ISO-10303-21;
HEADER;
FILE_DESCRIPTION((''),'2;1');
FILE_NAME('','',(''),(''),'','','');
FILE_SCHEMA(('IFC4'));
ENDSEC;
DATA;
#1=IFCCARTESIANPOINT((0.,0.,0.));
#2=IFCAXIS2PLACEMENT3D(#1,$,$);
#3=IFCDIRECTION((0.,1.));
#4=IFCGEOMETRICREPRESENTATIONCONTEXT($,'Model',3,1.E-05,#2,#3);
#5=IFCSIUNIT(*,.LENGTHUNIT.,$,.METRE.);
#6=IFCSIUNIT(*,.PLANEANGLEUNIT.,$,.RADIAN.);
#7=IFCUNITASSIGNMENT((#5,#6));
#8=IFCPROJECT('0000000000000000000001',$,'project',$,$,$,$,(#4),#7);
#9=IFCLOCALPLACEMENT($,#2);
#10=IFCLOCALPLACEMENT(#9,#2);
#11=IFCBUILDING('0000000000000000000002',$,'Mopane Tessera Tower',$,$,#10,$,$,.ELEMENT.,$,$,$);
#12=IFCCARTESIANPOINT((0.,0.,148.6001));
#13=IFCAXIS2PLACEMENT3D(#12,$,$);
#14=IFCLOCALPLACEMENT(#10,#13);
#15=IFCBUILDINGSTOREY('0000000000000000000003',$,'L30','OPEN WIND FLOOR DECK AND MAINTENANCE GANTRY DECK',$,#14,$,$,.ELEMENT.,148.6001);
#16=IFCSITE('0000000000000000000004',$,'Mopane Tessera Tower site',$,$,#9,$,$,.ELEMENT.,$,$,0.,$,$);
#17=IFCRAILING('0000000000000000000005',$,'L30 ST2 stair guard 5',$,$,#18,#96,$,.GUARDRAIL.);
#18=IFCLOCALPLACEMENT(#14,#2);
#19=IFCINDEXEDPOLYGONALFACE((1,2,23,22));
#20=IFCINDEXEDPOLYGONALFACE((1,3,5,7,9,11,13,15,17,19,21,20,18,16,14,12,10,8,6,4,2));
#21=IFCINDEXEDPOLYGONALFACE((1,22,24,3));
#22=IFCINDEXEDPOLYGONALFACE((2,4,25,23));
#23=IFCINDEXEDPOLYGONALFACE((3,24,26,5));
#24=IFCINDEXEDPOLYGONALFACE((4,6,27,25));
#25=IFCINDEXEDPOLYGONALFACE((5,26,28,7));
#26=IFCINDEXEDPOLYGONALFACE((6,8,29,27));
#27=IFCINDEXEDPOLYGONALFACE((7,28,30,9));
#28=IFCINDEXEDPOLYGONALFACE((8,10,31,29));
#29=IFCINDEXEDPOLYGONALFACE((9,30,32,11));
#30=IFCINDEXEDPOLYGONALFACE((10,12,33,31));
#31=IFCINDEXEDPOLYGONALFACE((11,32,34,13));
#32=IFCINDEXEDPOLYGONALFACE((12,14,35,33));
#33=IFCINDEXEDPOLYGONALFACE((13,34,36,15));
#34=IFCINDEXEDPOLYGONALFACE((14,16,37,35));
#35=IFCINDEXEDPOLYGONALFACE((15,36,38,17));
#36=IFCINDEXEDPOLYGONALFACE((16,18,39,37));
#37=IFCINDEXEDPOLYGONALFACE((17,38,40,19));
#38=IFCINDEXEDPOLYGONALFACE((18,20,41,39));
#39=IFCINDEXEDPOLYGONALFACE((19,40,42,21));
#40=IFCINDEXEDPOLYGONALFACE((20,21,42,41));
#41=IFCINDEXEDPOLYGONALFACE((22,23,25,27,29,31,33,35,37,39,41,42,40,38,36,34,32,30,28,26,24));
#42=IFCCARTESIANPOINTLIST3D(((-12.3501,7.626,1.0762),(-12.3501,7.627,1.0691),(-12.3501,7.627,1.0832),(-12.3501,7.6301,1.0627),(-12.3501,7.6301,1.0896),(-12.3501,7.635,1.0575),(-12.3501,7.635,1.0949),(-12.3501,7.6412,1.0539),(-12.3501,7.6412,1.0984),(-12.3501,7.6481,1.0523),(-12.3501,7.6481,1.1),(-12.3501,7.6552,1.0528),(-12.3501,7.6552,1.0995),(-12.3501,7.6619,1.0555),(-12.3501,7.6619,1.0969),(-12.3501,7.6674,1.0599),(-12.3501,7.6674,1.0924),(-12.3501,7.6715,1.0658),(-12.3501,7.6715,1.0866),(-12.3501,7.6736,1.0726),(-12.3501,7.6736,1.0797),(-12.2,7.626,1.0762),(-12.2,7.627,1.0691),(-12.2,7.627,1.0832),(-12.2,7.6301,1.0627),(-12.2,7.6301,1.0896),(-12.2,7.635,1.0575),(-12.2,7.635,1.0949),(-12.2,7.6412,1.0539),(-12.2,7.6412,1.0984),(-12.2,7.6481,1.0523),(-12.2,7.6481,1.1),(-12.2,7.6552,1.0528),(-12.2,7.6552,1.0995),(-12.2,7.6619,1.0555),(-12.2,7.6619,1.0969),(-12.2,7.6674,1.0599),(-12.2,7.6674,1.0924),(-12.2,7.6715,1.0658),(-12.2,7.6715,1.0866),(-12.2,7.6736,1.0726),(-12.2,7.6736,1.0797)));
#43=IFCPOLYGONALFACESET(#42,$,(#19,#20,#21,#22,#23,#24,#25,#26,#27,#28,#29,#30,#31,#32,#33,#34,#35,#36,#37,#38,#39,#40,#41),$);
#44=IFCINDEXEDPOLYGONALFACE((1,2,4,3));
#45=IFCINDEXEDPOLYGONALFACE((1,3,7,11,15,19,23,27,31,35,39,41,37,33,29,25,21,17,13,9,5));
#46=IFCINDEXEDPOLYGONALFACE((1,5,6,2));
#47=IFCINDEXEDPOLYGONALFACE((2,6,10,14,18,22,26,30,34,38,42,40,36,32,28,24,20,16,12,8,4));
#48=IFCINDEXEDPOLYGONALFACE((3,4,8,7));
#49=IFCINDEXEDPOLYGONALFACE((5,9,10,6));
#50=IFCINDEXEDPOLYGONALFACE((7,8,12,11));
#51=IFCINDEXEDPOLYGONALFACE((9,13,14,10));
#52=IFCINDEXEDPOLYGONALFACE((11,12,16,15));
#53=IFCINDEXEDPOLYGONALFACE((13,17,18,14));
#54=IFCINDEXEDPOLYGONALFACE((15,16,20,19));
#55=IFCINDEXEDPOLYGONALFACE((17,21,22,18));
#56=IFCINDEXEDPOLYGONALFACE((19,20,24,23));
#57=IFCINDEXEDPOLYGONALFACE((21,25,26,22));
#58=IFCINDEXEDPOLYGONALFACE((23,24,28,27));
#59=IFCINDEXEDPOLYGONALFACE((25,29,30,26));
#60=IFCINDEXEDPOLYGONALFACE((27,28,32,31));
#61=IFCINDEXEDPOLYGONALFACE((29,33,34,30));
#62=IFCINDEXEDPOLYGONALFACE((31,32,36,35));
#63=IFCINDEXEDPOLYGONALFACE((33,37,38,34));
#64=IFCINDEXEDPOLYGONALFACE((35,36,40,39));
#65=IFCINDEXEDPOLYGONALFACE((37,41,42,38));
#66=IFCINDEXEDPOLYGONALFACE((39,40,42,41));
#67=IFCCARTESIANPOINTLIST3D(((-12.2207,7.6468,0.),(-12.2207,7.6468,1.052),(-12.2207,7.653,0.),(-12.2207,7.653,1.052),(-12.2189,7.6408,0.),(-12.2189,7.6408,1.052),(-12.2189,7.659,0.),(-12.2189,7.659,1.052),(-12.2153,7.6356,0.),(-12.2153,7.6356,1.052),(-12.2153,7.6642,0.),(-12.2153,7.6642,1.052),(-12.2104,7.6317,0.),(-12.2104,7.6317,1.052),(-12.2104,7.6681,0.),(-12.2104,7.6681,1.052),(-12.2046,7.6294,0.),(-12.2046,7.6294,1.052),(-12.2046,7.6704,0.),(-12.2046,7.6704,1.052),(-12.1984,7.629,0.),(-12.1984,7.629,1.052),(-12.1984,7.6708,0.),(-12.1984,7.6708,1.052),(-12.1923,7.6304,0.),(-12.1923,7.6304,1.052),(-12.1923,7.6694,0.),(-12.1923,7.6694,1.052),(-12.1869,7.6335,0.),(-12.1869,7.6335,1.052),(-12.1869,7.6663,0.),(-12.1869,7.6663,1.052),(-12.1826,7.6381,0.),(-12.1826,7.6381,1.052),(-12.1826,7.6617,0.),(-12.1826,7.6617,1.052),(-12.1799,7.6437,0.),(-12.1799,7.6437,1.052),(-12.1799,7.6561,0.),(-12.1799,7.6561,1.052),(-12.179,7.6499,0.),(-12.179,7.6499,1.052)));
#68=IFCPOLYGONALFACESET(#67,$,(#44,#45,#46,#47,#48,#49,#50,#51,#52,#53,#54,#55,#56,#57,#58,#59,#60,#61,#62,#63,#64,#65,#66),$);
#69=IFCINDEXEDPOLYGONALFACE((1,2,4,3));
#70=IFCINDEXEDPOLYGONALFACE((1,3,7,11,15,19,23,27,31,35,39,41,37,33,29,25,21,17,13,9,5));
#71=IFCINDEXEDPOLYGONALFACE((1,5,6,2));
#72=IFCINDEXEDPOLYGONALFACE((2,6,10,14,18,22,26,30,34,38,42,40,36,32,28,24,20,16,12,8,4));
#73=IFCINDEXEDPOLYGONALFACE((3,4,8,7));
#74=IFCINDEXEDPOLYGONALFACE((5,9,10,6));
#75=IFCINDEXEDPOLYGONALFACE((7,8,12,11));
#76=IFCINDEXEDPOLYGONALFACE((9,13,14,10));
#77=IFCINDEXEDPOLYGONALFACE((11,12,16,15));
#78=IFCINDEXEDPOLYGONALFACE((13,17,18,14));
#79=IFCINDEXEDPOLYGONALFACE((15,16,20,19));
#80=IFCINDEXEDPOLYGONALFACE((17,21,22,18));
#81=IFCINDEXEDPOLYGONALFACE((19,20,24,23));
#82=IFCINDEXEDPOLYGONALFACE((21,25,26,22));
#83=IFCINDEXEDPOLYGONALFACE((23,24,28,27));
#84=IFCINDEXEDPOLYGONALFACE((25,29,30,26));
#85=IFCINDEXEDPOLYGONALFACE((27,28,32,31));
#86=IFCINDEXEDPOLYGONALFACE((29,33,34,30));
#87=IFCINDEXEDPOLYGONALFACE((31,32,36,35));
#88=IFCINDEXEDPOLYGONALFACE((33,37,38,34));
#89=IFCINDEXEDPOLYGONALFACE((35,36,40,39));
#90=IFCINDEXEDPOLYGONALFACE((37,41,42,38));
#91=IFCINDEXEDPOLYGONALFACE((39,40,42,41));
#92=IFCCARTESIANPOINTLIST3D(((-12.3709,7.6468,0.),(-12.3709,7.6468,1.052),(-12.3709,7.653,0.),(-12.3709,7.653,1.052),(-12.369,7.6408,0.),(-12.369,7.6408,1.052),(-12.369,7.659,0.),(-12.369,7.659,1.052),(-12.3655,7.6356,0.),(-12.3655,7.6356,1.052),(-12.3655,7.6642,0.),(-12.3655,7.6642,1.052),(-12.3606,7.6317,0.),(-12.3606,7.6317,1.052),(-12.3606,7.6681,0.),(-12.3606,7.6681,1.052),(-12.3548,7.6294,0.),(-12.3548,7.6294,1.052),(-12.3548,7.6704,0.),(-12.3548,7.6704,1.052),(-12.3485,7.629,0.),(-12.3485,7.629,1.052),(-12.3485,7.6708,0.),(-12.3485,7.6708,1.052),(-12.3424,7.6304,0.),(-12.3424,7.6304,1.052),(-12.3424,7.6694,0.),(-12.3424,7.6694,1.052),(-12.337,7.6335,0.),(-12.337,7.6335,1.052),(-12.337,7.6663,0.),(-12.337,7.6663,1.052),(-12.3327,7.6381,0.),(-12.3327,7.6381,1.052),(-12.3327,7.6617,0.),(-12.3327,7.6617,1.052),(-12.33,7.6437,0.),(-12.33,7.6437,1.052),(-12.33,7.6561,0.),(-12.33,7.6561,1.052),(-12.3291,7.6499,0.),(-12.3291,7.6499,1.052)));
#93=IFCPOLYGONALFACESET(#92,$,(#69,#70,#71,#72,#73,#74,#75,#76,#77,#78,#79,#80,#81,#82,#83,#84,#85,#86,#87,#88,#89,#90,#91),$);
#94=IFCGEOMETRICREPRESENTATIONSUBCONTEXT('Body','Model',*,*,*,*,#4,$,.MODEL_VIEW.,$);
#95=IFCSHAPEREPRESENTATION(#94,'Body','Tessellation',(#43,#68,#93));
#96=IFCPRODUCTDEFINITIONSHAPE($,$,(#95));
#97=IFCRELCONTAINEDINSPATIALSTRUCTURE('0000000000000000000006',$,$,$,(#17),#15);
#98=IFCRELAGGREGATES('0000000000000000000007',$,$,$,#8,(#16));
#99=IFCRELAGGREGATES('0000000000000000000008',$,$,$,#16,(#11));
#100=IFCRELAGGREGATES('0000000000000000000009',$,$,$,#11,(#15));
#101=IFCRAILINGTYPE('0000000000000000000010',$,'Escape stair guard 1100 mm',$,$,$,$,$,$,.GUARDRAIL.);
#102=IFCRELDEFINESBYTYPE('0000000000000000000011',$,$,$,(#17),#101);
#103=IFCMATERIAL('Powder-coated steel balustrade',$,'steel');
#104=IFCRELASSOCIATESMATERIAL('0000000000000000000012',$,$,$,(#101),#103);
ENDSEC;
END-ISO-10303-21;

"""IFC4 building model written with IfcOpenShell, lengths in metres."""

from ifc_helpers import new_model, si_unit, direction, frame, origin, origin_2d, place, context, subcontext, project, spatial, circle, extrude, material, type_object, element, save


model = new_model("IFC4")

# Units and contexts
model_context = context("Model", 3, precision=1e-05, world=origin(), true_north=direction((0.0, 1.0)))
body_context = subcontext(model_context, "Body", "Model", "MODEL_VIEW")
ifc_project = project(units=[si_unit("LENGTHUNIT", "METRE"), si_unit("PLANEANGLEUNIT", "RADIAN")], contexts=[model_context])

# Site, building, storey
site_placement = place(None, origin())
site = spatial("IfcSite", under=ifc_project, at=site_placement, Name="Mopane Tessera Tower site", CompositionType="ELEMENT", RefElevation=0.0)
building_placement = place(site_placement, origin())
building = spatial("IfcBuilding", under=site, at=building_placement, Name="Mopane Tessera Tower", CompositionType="ELEMENT")
storey_placement = place(building_placement, frame((0.0, 0.0, 148.6001)))
storey = spatial("IfcBuildingStorey", under=building, at=storey_placement, Name="L30", Description="OPEN WIND FLOOR DECK AND MAINTENANCE GANTRY DECK", CompositionType="ELEMENT", Elevation=148.6001)

# Railing
ifc_material_1 = material(Name="Powder-coated steel balustrade", Category="steel")
railing_type_1 = type_object("IfcRailingType", Name="Escape stair guard 1100 mm", PredefinedType="GUARDRAIL", material=ifc_material_1)
railing_1_placement = place(storey_placement, frame((-12.2, 7.6499, 0.0)))
element("IfcRailing", 1, at=railing_1_placement, inside=storey, type_object=railing_type_1, Name="L30 ST2 stair guard 5", PredefinedType="GUARDRAIL", context=body_context, shape_type="SweptSolid", body=[
    extrude(circle(Radius=0.0239, at=origin_2d()), frame((0.0, 0.0, 1.0762), z_axis=(-1.0, 0.0, 0.0), x_axis=(0.0, -1.0, 0.0)), (0.0, 0.0, 1.0), 0.1501),
    extrude(circle(Radius=0.021, at=origin_2d()), origin(), (0.0, 0.0, 1.0), 1.052),
    extrude(circle(Radius=0.021, at=origin_2d()), frame((-0.1501, 0.0, 0.0)), (0.0, 0.0, 1.0), 1.052),
])

save(model, "model.ifc")
